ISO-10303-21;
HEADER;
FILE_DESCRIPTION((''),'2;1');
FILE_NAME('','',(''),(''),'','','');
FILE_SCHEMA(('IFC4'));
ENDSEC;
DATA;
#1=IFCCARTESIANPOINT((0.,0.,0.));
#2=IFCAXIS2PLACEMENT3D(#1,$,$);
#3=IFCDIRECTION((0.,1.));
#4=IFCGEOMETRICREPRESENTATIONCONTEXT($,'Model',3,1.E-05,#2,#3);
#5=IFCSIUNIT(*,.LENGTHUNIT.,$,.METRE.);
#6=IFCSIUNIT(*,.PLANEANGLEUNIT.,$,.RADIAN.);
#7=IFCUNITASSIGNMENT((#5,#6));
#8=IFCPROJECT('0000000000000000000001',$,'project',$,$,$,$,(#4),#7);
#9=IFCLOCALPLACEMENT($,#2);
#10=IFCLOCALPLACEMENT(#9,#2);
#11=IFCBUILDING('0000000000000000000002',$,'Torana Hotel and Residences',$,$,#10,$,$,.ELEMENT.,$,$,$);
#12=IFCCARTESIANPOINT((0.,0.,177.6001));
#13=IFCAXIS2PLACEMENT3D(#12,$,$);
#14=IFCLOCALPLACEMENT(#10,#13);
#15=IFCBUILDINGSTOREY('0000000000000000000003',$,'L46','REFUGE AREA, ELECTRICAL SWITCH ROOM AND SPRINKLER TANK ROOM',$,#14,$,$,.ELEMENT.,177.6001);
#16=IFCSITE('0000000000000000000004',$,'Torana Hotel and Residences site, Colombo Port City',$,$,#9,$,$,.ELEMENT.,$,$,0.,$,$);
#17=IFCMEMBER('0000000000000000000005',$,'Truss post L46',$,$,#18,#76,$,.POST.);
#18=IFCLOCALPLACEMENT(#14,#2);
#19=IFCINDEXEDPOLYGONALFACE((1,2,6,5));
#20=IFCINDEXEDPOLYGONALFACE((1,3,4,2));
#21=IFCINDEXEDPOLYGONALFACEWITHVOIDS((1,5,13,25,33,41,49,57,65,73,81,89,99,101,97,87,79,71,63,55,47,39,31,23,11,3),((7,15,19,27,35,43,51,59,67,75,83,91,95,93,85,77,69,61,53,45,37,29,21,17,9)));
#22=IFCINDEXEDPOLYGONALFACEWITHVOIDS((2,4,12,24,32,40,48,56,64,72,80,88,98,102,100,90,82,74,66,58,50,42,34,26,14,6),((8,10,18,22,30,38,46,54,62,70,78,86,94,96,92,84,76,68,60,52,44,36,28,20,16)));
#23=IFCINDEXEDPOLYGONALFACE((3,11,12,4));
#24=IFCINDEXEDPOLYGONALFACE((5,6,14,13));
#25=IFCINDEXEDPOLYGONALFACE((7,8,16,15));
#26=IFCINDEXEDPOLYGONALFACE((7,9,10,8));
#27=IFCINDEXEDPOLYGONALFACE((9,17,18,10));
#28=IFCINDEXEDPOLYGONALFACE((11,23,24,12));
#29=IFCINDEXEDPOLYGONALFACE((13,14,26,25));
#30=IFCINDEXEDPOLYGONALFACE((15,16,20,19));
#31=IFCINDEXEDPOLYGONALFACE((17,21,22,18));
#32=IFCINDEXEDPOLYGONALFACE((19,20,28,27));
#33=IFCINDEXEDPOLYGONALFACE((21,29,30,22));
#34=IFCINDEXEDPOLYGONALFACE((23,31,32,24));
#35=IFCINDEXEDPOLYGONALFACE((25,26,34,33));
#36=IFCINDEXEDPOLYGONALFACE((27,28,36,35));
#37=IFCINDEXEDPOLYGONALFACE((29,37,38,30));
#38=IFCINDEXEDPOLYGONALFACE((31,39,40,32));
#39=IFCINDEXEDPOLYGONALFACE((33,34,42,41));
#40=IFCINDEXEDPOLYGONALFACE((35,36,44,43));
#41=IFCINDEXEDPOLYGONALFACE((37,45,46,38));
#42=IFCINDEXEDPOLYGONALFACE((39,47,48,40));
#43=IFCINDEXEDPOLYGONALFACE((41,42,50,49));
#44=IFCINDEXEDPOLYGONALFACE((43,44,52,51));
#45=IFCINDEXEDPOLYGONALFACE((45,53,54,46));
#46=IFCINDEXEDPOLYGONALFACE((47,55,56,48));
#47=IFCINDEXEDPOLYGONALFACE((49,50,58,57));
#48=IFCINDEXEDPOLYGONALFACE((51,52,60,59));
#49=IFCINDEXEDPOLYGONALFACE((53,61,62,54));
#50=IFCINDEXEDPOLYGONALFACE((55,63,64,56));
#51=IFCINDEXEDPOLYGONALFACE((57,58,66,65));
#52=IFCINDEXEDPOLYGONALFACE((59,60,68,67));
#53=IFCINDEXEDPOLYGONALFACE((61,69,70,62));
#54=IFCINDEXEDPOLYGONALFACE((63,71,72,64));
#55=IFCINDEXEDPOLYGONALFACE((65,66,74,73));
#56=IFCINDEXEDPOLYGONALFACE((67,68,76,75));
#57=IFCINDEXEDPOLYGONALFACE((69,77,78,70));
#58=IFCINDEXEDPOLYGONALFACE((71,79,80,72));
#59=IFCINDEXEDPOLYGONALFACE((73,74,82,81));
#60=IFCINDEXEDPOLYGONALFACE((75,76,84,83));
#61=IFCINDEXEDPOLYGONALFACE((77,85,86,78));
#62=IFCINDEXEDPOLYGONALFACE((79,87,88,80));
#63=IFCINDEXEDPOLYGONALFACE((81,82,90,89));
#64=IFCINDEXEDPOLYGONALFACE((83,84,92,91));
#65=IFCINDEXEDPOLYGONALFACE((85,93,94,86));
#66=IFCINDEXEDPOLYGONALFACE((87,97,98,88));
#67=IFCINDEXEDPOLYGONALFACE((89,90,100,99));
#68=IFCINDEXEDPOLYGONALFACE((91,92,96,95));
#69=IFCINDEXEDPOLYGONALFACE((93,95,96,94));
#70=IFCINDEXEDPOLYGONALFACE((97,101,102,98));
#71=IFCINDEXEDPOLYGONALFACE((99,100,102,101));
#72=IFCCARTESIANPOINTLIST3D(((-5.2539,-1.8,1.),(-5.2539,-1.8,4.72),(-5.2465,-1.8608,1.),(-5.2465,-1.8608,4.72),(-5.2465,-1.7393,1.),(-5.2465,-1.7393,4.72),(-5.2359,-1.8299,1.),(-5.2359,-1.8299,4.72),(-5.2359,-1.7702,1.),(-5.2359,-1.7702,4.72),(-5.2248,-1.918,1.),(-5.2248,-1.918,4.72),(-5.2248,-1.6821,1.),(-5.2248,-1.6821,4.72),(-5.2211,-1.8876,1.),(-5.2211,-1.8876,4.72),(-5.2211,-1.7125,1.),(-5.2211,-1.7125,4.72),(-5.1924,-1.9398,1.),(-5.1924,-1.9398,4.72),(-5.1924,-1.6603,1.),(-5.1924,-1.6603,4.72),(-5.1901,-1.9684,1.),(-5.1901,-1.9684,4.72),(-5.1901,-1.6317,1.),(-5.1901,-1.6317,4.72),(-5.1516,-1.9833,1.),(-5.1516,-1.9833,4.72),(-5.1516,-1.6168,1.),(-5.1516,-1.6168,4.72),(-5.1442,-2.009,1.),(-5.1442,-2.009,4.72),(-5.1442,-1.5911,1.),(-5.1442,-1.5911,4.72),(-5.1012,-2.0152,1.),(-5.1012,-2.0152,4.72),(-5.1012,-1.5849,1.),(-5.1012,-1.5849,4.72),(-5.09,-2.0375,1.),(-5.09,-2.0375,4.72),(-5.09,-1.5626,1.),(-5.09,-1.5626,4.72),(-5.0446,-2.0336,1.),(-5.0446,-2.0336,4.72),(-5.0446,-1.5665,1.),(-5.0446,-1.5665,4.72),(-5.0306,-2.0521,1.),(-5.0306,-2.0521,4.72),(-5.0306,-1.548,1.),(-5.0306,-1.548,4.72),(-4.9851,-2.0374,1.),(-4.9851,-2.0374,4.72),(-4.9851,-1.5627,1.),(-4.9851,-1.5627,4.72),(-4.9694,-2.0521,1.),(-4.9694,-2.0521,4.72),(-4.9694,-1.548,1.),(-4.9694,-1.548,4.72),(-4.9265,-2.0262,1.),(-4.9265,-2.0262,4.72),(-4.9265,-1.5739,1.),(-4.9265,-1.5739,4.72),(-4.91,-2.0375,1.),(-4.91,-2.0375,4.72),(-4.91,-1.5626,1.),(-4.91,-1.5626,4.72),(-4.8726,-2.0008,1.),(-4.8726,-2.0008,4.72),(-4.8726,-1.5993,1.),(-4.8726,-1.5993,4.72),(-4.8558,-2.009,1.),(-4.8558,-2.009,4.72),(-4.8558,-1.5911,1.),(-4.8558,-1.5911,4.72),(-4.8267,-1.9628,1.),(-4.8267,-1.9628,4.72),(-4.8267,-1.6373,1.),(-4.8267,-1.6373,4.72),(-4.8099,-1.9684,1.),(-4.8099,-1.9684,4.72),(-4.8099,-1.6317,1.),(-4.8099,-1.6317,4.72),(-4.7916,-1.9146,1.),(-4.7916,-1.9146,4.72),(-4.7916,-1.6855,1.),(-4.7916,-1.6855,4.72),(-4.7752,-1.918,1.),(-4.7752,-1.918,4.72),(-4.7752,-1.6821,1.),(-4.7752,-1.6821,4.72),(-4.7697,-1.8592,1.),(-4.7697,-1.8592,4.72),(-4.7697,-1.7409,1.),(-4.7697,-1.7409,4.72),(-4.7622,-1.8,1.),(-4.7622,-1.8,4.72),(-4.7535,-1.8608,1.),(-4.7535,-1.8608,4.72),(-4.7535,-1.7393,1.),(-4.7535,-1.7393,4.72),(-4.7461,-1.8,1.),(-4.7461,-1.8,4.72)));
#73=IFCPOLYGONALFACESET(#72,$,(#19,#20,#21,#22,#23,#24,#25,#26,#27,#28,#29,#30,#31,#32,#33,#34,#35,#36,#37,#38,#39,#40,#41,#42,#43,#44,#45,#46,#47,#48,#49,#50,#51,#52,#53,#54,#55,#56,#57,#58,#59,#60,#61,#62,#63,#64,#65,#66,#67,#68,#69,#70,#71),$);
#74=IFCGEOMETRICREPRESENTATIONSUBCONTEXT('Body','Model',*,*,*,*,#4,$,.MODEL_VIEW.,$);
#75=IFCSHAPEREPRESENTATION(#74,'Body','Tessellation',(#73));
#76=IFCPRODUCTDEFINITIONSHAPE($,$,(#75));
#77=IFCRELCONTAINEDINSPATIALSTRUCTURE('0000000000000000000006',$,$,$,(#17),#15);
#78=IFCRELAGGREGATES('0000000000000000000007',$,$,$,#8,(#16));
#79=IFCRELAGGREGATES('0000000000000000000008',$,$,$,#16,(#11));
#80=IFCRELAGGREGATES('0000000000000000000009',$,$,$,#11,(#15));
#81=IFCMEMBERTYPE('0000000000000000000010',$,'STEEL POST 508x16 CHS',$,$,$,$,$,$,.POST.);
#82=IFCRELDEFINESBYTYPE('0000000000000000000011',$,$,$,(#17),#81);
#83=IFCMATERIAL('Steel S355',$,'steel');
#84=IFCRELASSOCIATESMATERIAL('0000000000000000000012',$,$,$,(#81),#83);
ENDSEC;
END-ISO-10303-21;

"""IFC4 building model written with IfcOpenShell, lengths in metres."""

from ifc_helpers import new_model, si_unit, direction, frame, origin, origin_2d, place, context, subcontext, project, spatial, hollow_circle, extrude, material, material_profile, profile_set, type_object, element, save


model = new_model("IFC4")

# Units and contexts
model_context = context("Model", 3, precision=1e-05, world=origin(), true_north=direction((0.0, 1.0)))
body_context = subcontext(model_context, "Body", "Model", "MODEL_VIEW")
ifc_project = project(units=[si_unit("LENGTHUNIT", "METRE"), si_unit("PLANEANGLEUNIT", "RADIAN")], contexts=[model_context])

# Site, building, storey
site_placement = place(None, origin())
site = spatial("IfcSite", under=ifc_project, at=site_placement, Name="Torana Hotel and Residences site, Colombo Port City", CompositionType="ELEMENT", RefElevation=0.0)
building_placement = place(site_placement, origin())
building = spatial("IfcBuilding", under=site, at=building_placement, Name="Torana Hotel and Residences", CompositionType="ELEMENT")
storey_placement = place(building_placement, frame((0.0, 0.0, 177.6001)))
storey = spatial("IfcBuildingStorey", under=building, at=storey_placement, Name="L46", Description="REFUGE AREA, ELECTRICAL SWITCH ROOM AND SPRINKLER TANK ROOM", CompositionType="ELEMENT", Elevation=177.6001)

# Member
ifc_material_1 = material(Name="Steel S355", Category="steel")
ifc_material_profile_1 = material_profile(ifc_material_1, hollow_circle(Radius=0.2539, WallThickness=0.0161, at=origin_2d()), Name="508x16 CHS")
ifc_profile_set_1 = profile_set([ifc_material_profile_1], Name="Steel S355")
member_type_1 = type_object("IfcMemberType", Name="STEEL POST 508x16 CHS", PredefinedType="POST", material=ifc_profile_set_1)
for number, where, z_axis, x_axis, name in (
    (1, (-5.0, -1.8, 1.0), (0.0, 0.0, 1.0), (1.0, 0.0, 0.0), "Truss post L46"),
):
    element("IfcMember", number, at=place(storey_placement, frame(where, z_axis=z_axis, x_axis=x_axis)), inside=storey, type_object=member_type_1, Name=name, PredefinedType="POST", context=body_context, shape_type="SweptSolid", body=[
        extrude(hollow_circle(Radius=0.2539, WallThickness=0.0161, at=origin_2d()), origin(), (0.0, 0.0, 1.0), 3.72),
    ])

save(model, "model.ifc")
